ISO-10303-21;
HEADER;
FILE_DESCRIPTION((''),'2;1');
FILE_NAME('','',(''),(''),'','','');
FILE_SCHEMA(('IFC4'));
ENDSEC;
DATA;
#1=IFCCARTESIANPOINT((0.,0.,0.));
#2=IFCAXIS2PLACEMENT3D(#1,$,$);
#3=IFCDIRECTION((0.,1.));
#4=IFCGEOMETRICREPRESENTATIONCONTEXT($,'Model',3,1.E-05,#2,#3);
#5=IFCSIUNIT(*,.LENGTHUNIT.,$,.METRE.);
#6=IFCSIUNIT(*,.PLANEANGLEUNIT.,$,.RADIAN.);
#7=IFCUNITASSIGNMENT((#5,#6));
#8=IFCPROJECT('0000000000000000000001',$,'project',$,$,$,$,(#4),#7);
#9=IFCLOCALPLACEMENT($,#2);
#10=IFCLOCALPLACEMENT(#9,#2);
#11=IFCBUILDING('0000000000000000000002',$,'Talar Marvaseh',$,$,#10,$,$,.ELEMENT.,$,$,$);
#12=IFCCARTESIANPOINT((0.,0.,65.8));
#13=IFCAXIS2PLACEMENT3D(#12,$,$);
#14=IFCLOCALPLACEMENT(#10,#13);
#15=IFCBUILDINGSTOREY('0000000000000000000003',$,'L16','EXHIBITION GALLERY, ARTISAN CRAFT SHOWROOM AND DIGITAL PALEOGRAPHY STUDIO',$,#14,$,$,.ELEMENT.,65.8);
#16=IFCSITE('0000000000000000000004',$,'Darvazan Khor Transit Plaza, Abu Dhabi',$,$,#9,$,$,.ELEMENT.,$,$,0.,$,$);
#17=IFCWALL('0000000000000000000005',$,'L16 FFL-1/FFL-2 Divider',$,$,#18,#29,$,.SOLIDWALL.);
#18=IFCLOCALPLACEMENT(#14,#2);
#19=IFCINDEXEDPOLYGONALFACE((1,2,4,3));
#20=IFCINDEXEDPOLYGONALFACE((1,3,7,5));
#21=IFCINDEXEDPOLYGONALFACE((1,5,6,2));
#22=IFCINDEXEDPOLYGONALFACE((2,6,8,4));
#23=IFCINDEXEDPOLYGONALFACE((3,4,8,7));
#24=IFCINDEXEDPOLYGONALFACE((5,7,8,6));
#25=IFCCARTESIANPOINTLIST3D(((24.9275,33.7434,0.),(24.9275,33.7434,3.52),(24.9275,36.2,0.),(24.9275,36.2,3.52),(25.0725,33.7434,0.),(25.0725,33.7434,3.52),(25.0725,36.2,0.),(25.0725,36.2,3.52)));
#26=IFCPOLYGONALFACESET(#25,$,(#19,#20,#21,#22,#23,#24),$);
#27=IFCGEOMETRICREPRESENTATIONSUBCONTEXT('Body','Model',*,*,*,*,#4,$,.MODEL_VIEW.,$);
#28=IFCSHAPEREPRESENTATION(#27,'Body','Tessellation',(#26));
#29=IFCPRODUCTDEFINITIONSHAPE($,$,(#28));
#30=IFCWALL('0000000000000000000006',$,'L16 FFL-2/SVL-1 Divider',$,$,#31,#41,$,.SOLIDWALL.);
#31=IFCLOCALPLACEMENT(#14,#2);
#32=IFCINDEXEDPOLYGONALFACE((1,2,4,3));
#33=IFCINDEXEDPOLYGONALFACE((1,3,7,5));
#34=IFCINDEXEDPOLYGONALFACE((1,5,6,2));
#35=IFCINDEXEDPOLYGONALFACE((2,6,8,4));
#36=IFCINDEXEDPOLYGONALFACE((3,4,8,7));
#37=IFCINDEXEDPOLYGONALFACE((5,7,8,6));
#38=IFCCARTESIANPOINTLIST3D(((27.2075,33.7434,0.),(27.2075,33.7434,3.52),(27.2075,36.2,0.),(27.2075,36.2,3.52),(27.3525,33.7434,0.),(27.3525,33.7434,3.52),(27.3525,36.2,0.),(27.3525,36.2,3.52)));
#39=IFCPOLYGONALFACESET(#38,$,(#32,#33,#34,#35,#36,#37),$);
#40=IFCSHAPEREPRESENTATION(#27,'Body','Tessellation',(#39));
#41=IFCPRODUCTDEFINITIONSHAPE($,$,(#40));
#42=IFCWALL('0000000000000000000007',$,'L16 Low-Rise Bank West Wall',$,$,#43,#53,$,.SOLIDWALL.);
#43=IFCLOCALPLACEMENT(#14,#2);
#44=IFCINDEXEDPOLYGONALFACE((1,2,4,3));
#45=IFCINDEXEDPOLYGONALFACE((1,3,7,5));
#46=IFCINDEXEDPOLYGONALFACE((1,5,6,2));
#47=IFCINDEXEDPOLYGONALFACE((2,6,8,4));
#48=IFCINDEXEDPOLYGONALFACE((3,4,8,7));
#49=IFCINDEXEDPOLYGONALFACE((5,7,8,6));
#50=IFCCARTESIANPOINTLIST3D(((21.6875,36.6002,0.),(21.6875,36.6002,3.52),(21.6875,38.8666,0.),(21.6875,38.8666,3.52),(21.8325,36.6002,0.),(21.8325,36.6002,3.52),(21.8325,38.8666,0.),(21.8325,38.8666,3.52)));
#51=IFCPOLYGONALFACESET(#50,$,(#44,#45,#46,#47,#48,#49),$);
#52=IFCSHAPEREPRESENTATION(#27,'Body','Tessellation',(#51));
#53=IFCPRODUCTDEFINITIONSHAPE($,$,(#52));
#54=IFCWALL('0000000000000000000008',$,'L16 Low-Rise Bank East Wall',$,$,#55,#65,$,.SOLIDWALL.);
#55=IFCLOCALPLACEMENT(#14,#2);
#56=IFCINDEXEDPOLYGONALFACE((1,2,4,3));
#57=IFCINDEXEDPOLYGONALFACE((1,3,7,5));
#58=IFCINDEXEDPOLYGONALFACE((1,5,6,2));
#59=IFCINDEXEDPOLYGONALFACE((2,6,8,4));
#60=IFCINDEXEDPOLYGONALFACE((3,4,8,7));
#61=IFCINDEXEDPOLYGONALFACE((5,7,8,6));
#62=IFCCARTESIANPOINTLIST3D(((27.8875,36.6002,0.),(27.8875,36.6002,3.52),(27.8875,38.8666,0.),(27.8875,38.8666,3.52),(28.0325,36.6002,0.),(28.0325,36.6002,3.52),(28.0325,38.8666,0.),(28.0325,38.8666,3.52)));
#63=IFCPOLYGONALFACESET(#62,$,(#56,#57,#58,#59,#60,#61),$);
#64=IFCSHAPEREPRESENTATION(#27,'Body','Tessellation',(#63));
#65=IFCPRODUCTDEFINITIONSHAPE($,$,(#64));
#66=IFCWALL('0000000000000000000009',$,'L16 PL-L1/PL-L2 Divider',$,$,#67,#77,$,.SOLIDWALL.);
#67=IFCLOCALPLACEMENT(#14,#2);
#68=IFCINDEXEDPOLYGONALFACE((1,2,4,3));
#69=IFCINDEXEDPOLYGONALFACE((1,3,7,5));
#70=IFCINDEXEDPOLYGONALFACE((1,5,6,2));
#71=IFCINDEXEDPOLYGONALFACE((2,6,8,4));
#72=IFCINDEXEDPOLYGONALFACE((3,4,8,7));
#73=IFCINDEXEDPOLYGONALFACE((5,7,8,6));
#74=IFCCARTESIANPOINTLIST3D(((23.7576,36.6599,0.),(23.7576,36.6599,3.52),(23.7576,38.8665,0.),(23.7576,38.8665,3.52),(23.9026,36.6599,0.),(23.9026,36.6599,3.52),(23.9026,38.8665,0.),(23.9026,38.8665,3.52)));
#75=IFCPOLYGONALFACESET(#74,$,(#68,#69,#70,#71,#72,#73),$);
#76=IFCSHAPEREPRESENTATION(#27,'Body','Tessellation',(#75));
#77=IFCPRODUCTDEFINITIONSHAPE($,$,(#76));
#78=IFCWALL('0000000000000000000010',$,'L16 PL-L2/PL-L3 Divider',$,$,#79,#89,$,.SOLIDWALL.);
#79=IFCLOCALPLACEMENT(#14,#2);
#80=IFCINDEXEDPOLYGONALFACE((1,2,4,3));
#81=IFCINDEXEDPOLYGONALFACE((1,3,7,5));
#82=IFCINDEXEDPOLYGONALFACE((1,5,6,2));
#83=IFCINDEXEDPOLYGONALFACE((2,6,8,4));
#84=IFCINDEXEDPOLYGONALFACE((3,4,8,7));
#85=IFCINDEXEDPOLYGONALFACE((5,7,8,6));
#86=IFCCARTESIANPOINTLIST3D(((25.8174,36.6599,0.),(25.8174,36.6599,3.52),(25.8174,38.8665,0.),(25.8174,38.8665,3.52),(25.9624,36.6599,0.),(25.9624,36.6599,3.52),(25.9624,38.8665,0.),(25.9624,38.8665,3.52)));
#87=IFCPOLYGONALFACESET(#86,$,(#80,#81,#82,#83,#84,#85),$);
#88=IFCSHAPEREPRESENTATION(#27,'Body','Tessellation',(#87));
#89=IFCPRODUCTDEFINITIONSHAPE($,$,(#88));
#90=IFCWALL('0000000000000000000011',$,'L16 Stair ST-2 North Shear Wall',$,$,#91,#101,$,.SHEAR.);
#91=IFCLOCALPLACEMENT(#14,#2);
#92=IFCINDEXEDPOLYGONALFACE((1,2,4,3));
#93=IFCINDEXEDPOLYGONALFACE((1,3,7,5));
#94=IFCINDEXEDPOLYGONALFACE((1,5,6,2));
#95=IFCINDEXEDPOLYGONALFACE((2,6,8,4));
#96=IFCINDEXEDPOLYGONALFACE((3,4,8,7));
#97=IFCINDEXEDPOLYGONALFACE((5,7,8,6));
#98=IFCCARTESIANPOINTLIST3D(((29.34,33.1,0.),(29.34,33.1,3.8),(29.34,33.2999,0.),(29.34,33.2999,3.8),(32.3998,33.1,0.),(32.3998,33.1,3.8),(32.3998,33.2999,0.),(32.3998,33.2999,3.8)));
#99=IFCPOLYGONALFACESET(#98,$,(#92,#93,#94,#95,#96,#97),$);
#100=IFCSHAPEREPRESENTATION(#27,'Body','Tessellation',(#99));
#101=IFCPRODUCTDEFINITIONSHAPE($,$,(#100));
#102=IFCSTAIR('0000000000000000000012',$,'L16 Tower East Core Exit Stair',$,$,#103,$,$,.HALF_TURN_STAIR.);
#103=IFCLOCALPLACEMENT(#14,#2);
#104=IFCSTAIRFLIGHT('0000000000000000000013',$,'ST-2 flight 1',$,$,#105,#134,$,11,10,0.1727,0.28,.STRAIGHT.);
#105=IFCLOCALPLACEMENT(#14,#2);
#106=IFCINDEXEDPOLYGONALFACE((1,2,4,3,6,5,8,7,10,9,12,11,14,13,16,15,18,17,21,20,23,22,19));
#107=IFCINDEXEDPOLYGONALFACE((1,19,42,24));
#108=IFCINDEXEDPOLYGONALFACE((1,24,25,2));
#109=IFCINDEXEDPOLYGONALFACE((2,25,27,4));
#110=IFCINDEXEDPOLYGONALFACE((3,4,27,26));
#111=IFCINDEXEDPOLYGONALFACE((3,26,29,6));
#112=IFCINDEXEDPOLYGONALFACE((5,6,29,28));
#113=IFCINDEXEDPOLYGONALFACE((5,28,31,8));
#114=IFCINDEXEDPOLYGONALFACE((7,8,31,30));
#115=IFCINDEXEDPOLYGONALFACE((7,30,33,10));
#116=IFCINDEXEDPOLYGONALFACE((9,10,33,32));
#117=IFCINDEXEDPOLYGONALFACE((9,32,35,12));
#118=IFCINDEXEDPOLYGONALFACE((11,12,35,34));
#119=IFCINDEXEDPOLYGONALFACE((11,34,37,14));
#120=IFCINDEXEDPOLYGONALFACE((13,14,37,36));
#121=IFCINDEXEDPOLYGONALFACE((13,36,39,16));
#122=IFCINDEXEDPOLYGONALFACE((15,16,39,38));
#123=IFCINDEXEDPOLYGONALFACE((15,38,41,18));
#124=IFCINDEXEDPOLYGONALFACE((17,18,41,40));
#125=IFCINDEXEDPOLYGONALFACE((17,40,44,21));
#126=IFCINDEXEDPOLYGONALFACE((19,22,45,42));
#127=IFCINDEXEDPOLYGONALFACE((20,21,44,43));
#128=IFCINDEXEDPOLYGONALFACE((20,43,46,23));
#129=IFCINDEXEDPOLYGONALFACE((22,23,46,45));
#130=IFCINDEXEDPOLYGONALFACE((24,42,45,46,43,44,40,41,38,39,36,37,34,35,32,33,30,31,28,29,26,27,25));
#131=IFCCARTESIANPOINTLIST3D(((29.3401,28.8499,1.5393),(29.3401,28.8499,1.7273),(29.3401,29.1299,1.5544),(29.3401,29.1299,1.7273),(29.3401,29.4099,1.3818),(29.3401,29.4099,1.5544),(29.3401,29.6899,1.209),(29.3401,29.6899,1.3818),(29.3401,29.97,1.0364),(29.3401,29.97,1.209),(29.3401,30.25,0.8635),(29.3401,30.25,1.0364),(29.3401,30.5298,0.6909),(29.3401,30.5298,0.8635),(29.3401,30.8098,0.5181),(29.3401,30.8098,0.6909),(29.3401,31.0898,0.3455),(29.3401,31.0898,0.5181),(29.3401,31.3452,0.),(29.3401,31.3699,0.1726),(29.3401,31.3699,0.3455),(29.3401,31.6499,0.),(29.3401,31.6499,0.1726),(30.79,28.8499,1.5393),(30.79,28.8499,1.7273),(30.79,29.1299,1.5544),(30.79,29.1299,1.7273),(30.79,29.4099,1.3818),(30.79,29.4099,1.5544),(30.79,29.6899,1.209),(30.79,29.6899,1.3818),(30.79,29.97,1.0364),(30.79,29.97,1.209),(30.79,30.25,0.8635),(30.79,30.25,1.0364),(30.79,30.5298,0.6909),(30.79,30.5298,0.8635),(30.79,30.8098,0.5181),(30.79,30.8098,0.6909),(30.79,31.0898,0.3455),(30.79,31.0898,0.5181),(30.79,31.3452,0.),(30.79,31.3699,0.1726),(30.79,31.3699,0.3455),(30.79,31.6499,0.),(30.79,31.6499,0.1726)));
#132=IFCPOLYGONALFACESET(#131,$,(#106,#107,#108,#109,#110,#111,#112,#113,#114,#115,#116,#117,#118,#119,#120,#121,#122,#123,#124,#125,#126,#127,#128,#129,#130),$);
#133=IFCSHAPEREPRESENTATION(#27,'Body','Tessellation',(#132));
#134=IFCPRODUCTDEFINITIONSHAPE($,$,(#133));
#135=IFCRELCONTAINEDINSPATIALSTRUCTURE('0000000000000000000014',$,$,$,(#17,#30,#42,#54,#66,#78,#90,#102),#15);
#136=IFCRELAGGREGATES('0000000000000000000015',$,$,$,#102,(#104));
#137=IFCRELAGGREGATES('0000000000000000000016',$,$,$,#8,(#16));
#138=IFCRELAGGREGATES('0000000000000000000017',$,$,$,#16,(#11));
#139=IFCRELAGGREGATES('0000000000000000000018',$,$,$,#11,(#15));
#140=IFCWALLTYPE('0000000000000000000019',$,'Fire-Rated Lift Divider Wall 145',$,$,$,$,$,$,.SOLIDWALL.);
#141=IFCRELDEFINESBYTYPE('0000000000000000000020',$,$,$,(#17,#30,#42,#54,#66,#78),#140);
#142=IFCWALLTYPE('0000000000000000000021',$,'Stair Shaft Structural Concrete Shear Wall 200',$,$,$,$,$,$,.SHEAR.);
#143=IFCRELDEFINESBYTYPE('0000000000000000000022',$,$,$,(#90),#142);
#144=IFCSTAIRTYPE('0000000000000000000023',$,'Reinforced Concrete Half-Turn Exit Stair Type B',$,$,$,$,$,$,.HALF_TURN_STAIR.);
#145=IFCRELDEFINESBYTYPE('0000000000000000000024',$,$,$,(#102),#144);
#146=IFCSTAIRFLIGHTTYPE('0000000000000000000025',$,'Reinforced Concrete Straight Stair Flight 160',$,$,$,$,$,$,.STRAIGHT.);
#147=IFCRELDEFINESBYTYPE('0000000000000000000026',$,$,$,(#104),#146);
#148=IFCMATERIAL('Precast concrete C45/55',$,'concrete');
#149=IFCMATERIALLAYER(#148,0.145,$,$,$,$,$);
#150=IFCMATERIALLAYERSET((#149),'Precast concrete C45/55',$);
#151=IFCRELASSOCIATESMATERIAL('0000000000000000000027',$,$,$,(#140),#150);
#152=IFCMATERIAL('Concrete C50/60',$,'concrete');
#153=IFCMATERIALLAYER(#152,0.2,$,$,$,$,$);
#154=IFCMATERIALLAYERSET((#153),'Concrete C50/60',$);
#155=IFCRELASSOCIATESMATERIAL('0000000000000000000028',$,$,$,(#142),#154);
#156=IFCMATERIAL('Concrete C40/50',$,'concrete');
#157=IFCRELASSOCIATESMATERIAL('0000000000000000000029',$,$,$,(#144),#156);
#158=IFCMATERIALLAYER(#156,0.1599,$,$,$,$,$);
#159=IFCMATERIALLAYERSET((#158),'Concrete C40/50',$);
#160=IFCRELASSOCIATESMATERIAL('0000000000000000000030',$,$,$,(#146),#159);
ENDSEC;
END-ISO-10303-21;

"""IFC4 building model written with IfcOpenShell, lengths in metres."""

from ifc_helpers import new_model, si_unit, direction, frame, frame_2d, origin, place, context, subcontext, project, spatial, polyline, rectangle, outline, extrude, material, layer, layer_set, type_object, element, aggregate, save


model = new_model("IFC4")

# Units and contexts
model_context = context("Model", 3, precision=1e-05, world=origin(), true_north=direction((0.0, 1.0)))
body_context = subcontext(model_context, "Body", "Model", "MODEL_VIEW")
ifc_project = project(units=[si_unit("LENGTHUNIT", "METRE"), si_unit("PLANEANGLEUNIT", "RADIAN")], contexts=[model_context])

# Site, building, storey
site_placement = place(None, origin())
site = spatial("IfcSite", under=ifc_project, at=site_placement, Name="Darvazan Khor Transit Plaza, Abu Dhabi", CompositionType="ELEMENT", RefElevation=0.0)
building_placement = place(site_placement, origin())
building = spatial("IfcBuilding", under=site, at=building_placement, Name="Talar Marvaseh", CompositionType="ELEMENT")
storey_placement = place(building_placement, frame((0.0, 0.0, 65.8)))
storey = spatial("IfcBuildingStorey", under=building, at=storey_placement, Name="L16", Description="EXHIBITION GALLERY, ARTISAN CRAFT SHOWROOM AND DIGITAL PALEOGRAPHY STUDIO", CompositionType="ELEMENT", Elevation=65.8)

# Shared definitions
ifc_material_1 = material(Name="Concrete C40/50", Category="concrete")

# Walls
ifc_material_2 = material(Name="Precast concrete C45/55", Category="concrete")
ifc_layer_1 = layer(ifc_material_2, 0.145)
ifc_layer_set_1 = layer_set([ifc_layer_1], Name="Precast concrete C45/55")
wall_type_1 = type_object("IfcWallType", Name="Fire-Rated Lift Divider Wall 145", PredefinedType="SOLIDWALL", material=ifc_layer_set_1)
for number, where, z_axis, x_axis, name in (
    (1, (25.0, 33.7434, 0.0), (0.0, 0.0, 1.0), (0.0, 1.0, 0.0), "L16 FFL-1/FFL-2 Divider"),
    (2, (27.28, 33.7434, 0.0), (0.0, 0.0, 1.0), (0.0, 1.0, 0.0), "L16 FFL-2/SVL-1 Divider"),
):
    element("IfcWall", number, at=place(storey_placement, frame(where, z_axis=z_axis, x_axis=x_axis)), inside=storey, type_object=wall_type_1, Name=name, PredefinedType="SOLIDWALL", context=body_context, shape_type="SweptSolid", body=[
        extrude(rectangle(XDim=2.4565, YDim=0.145, at=frame_2d((1.2283, 0.0))), origin(), (0.0, 0.0, 1.0), 3.52),
    ])
for number, where, z_axis, x_axis, name in (
    (3, (21.76, 36.6001, 0.0), (0.0, 0.0, 1.0), (0.0, 1.0, 0.0), "L16 Low-Rise Bank West Wall"),
    (4, (27.96, 36.6001, 0.0), (0.0, 0.0, 1.0), (0.0, 1.0, 0.0), "L16 Low-Rise Bank East Wall"),
):
    element("IfcWall", number, at=place(storey_placement, frame(where, z_axis=z_axis, x_axis=x_axis)), inside=storey, type_object=wall_type_1, Name=name, PredefinedType="SOLIDWALL", context=body_context, shape_type="SweptSolid", body=[
        extrude(rectangle(XDim=2.2664, YDim=0.145, at=frame_2d((1.1333, 0.0))), origin(), (0.0, 0.0, 1.0), 3.52),
    ])
for number, where, z_axis, x_axis, name in (
    (5, (23.8301, 36.6599, 0.0), (0.0, 0.0, 1.0), (0.0, 1.0, 0.0), "L16 PL-L1/PL-L2 Divider"),
    (6, (25.8899, 36.6599, 0.0), (0.0, 0.0, 1.0), (0.0, 1.0, 0.0), "L16 PL-L2/PL-L3 Divider"),
):
    element("IfcWall", number, at=place(storey_placement, frame(where, z_axis=z_axis, x_axis=x_axis)), inside=storey, type_object=wall_type_1, Name=name, PredefinedType="SOLIDWALL", context=body_context, shape_type="SweptSolid", body=[
        extrude(rectangle(XDim=2.2065, YDim=0.145, at=frame_2d((1.1033, 0.0))), origin(), (0.0, 0.0, 1.0), 3.52),
    ])

# Wall
ifc_material_3 = material(Name="Concrete C50/60", Category="concrete")
ifc_layer_2 = layer(ifc_material_3, 0.2)
ifc_layer_set_2 = layer_set([ifc_layer_2], Name="Concrete C50/60")
wall_type_2 = type_object("IfcWallType", Name="Stair Shaft Structural Concrete Shear Wall 200", PredefinedType="SHEAR", material=ifc_layer_set_2)
wall_1_placement = place(storey_placement, frame((29.3401, 33.2, 0.0), z_axis=(0.0, 0.0, 1.0), x_axis=(1.0, 0.0, 0.0)))
element("IfcWall", 7, at=wall_1_placement, inside=storey, type_object=wall_type_2, Name="L16 Stair ST-2 North Shear Wall", PredefinedType="SHEAR", context=body_context, shape_type="SweptSolid", body=[
    extrude(rectangle(XDim=3.0598, YDim=0.2, at=frame_2d((1.5298, 0.0))), origin(), (0.0, 0.0, 1.0), 3.8),
])

# Stair, stair flight
stair_type = type_object("IfcStairType", Name="Reinforced Concrete Half-Turn Exit Stair Type B", PredefinedType="HALF_TURN_STAIR", material=ifc_material_1)
stair_placement = place(storey_placement, origin())
stair = element("IfcStair", 8, at=stair_placement, inside=storey, type_object=stair_type, Name="L16 Tower East Core Exit Stair", PredefinedType="HALF_TURN_STAIR")
ifc_layer_3 = layer(ifc_material_1, 0.1599)
ifc_layer_set_3 = layer_set([ifc_layer_3], Name="Concrete C40/50")
stair_flight_type = type_object("IfcStairFlightType", Name="Reinforced Concrete Straight Stair Flight 160", PredefinedType="STRAIGHT", material=ifc_layer_set_3)
stair_flight_placement = place(storey_placement, frame((30.0649, 31.6499, 0.0), z_axis=(0.0, 0.0, 1.0), x_axis=(0.0, -1.0, 0.0)))
stair_flight = element("IfcStairFlight", 9, at=stair_flight_placement, type_object=stair_flight_type, Name="ST-2 flight 1", NumberOfRisers=11, NumberOfTreads=10, PredefinedType="STRAIGHT", RiserHeight=0.1727, TreadLength=0.28, context=body_context, shape_type="SweptSolid", body=[
    extrude(outline(polyline([(0.0, 0.0), (0.0, 0.1726), (0.28, 0.1726), (0.28, 0.3455), (0.5601, 0.3455), (0.5601, 0.5181), (0.8401, 0.5181), (0.8401, 0.6909), (1.1201, 0.6909), (1.1201, 0.8635), (1.3999, 0.8635), (1.3999, 1.0364), (1.6799, 1.0364), (1.6799, 1.209), (1.96, 1.209), (1.96, 1.3818), (2.24, 1.3818), (2.24, 1.5544), (2.52, 1.5544), (2.52, 1.7273), (2.8, 1.7273), (2.8, 1.8999), (2.8, 1.5393), (0.3047, 0.0), (0.0, 0.0)])), frame((0.0, 0.7251, 0.0), z_axis=(0.0, -1.0, 0.0), x_axis=(1.0, 0.0, 0.0)), (0.0, 0.0, 1.0), 1.45),
])
aggregate(stair, [stair_flight])

save(model, "model.ifc")
